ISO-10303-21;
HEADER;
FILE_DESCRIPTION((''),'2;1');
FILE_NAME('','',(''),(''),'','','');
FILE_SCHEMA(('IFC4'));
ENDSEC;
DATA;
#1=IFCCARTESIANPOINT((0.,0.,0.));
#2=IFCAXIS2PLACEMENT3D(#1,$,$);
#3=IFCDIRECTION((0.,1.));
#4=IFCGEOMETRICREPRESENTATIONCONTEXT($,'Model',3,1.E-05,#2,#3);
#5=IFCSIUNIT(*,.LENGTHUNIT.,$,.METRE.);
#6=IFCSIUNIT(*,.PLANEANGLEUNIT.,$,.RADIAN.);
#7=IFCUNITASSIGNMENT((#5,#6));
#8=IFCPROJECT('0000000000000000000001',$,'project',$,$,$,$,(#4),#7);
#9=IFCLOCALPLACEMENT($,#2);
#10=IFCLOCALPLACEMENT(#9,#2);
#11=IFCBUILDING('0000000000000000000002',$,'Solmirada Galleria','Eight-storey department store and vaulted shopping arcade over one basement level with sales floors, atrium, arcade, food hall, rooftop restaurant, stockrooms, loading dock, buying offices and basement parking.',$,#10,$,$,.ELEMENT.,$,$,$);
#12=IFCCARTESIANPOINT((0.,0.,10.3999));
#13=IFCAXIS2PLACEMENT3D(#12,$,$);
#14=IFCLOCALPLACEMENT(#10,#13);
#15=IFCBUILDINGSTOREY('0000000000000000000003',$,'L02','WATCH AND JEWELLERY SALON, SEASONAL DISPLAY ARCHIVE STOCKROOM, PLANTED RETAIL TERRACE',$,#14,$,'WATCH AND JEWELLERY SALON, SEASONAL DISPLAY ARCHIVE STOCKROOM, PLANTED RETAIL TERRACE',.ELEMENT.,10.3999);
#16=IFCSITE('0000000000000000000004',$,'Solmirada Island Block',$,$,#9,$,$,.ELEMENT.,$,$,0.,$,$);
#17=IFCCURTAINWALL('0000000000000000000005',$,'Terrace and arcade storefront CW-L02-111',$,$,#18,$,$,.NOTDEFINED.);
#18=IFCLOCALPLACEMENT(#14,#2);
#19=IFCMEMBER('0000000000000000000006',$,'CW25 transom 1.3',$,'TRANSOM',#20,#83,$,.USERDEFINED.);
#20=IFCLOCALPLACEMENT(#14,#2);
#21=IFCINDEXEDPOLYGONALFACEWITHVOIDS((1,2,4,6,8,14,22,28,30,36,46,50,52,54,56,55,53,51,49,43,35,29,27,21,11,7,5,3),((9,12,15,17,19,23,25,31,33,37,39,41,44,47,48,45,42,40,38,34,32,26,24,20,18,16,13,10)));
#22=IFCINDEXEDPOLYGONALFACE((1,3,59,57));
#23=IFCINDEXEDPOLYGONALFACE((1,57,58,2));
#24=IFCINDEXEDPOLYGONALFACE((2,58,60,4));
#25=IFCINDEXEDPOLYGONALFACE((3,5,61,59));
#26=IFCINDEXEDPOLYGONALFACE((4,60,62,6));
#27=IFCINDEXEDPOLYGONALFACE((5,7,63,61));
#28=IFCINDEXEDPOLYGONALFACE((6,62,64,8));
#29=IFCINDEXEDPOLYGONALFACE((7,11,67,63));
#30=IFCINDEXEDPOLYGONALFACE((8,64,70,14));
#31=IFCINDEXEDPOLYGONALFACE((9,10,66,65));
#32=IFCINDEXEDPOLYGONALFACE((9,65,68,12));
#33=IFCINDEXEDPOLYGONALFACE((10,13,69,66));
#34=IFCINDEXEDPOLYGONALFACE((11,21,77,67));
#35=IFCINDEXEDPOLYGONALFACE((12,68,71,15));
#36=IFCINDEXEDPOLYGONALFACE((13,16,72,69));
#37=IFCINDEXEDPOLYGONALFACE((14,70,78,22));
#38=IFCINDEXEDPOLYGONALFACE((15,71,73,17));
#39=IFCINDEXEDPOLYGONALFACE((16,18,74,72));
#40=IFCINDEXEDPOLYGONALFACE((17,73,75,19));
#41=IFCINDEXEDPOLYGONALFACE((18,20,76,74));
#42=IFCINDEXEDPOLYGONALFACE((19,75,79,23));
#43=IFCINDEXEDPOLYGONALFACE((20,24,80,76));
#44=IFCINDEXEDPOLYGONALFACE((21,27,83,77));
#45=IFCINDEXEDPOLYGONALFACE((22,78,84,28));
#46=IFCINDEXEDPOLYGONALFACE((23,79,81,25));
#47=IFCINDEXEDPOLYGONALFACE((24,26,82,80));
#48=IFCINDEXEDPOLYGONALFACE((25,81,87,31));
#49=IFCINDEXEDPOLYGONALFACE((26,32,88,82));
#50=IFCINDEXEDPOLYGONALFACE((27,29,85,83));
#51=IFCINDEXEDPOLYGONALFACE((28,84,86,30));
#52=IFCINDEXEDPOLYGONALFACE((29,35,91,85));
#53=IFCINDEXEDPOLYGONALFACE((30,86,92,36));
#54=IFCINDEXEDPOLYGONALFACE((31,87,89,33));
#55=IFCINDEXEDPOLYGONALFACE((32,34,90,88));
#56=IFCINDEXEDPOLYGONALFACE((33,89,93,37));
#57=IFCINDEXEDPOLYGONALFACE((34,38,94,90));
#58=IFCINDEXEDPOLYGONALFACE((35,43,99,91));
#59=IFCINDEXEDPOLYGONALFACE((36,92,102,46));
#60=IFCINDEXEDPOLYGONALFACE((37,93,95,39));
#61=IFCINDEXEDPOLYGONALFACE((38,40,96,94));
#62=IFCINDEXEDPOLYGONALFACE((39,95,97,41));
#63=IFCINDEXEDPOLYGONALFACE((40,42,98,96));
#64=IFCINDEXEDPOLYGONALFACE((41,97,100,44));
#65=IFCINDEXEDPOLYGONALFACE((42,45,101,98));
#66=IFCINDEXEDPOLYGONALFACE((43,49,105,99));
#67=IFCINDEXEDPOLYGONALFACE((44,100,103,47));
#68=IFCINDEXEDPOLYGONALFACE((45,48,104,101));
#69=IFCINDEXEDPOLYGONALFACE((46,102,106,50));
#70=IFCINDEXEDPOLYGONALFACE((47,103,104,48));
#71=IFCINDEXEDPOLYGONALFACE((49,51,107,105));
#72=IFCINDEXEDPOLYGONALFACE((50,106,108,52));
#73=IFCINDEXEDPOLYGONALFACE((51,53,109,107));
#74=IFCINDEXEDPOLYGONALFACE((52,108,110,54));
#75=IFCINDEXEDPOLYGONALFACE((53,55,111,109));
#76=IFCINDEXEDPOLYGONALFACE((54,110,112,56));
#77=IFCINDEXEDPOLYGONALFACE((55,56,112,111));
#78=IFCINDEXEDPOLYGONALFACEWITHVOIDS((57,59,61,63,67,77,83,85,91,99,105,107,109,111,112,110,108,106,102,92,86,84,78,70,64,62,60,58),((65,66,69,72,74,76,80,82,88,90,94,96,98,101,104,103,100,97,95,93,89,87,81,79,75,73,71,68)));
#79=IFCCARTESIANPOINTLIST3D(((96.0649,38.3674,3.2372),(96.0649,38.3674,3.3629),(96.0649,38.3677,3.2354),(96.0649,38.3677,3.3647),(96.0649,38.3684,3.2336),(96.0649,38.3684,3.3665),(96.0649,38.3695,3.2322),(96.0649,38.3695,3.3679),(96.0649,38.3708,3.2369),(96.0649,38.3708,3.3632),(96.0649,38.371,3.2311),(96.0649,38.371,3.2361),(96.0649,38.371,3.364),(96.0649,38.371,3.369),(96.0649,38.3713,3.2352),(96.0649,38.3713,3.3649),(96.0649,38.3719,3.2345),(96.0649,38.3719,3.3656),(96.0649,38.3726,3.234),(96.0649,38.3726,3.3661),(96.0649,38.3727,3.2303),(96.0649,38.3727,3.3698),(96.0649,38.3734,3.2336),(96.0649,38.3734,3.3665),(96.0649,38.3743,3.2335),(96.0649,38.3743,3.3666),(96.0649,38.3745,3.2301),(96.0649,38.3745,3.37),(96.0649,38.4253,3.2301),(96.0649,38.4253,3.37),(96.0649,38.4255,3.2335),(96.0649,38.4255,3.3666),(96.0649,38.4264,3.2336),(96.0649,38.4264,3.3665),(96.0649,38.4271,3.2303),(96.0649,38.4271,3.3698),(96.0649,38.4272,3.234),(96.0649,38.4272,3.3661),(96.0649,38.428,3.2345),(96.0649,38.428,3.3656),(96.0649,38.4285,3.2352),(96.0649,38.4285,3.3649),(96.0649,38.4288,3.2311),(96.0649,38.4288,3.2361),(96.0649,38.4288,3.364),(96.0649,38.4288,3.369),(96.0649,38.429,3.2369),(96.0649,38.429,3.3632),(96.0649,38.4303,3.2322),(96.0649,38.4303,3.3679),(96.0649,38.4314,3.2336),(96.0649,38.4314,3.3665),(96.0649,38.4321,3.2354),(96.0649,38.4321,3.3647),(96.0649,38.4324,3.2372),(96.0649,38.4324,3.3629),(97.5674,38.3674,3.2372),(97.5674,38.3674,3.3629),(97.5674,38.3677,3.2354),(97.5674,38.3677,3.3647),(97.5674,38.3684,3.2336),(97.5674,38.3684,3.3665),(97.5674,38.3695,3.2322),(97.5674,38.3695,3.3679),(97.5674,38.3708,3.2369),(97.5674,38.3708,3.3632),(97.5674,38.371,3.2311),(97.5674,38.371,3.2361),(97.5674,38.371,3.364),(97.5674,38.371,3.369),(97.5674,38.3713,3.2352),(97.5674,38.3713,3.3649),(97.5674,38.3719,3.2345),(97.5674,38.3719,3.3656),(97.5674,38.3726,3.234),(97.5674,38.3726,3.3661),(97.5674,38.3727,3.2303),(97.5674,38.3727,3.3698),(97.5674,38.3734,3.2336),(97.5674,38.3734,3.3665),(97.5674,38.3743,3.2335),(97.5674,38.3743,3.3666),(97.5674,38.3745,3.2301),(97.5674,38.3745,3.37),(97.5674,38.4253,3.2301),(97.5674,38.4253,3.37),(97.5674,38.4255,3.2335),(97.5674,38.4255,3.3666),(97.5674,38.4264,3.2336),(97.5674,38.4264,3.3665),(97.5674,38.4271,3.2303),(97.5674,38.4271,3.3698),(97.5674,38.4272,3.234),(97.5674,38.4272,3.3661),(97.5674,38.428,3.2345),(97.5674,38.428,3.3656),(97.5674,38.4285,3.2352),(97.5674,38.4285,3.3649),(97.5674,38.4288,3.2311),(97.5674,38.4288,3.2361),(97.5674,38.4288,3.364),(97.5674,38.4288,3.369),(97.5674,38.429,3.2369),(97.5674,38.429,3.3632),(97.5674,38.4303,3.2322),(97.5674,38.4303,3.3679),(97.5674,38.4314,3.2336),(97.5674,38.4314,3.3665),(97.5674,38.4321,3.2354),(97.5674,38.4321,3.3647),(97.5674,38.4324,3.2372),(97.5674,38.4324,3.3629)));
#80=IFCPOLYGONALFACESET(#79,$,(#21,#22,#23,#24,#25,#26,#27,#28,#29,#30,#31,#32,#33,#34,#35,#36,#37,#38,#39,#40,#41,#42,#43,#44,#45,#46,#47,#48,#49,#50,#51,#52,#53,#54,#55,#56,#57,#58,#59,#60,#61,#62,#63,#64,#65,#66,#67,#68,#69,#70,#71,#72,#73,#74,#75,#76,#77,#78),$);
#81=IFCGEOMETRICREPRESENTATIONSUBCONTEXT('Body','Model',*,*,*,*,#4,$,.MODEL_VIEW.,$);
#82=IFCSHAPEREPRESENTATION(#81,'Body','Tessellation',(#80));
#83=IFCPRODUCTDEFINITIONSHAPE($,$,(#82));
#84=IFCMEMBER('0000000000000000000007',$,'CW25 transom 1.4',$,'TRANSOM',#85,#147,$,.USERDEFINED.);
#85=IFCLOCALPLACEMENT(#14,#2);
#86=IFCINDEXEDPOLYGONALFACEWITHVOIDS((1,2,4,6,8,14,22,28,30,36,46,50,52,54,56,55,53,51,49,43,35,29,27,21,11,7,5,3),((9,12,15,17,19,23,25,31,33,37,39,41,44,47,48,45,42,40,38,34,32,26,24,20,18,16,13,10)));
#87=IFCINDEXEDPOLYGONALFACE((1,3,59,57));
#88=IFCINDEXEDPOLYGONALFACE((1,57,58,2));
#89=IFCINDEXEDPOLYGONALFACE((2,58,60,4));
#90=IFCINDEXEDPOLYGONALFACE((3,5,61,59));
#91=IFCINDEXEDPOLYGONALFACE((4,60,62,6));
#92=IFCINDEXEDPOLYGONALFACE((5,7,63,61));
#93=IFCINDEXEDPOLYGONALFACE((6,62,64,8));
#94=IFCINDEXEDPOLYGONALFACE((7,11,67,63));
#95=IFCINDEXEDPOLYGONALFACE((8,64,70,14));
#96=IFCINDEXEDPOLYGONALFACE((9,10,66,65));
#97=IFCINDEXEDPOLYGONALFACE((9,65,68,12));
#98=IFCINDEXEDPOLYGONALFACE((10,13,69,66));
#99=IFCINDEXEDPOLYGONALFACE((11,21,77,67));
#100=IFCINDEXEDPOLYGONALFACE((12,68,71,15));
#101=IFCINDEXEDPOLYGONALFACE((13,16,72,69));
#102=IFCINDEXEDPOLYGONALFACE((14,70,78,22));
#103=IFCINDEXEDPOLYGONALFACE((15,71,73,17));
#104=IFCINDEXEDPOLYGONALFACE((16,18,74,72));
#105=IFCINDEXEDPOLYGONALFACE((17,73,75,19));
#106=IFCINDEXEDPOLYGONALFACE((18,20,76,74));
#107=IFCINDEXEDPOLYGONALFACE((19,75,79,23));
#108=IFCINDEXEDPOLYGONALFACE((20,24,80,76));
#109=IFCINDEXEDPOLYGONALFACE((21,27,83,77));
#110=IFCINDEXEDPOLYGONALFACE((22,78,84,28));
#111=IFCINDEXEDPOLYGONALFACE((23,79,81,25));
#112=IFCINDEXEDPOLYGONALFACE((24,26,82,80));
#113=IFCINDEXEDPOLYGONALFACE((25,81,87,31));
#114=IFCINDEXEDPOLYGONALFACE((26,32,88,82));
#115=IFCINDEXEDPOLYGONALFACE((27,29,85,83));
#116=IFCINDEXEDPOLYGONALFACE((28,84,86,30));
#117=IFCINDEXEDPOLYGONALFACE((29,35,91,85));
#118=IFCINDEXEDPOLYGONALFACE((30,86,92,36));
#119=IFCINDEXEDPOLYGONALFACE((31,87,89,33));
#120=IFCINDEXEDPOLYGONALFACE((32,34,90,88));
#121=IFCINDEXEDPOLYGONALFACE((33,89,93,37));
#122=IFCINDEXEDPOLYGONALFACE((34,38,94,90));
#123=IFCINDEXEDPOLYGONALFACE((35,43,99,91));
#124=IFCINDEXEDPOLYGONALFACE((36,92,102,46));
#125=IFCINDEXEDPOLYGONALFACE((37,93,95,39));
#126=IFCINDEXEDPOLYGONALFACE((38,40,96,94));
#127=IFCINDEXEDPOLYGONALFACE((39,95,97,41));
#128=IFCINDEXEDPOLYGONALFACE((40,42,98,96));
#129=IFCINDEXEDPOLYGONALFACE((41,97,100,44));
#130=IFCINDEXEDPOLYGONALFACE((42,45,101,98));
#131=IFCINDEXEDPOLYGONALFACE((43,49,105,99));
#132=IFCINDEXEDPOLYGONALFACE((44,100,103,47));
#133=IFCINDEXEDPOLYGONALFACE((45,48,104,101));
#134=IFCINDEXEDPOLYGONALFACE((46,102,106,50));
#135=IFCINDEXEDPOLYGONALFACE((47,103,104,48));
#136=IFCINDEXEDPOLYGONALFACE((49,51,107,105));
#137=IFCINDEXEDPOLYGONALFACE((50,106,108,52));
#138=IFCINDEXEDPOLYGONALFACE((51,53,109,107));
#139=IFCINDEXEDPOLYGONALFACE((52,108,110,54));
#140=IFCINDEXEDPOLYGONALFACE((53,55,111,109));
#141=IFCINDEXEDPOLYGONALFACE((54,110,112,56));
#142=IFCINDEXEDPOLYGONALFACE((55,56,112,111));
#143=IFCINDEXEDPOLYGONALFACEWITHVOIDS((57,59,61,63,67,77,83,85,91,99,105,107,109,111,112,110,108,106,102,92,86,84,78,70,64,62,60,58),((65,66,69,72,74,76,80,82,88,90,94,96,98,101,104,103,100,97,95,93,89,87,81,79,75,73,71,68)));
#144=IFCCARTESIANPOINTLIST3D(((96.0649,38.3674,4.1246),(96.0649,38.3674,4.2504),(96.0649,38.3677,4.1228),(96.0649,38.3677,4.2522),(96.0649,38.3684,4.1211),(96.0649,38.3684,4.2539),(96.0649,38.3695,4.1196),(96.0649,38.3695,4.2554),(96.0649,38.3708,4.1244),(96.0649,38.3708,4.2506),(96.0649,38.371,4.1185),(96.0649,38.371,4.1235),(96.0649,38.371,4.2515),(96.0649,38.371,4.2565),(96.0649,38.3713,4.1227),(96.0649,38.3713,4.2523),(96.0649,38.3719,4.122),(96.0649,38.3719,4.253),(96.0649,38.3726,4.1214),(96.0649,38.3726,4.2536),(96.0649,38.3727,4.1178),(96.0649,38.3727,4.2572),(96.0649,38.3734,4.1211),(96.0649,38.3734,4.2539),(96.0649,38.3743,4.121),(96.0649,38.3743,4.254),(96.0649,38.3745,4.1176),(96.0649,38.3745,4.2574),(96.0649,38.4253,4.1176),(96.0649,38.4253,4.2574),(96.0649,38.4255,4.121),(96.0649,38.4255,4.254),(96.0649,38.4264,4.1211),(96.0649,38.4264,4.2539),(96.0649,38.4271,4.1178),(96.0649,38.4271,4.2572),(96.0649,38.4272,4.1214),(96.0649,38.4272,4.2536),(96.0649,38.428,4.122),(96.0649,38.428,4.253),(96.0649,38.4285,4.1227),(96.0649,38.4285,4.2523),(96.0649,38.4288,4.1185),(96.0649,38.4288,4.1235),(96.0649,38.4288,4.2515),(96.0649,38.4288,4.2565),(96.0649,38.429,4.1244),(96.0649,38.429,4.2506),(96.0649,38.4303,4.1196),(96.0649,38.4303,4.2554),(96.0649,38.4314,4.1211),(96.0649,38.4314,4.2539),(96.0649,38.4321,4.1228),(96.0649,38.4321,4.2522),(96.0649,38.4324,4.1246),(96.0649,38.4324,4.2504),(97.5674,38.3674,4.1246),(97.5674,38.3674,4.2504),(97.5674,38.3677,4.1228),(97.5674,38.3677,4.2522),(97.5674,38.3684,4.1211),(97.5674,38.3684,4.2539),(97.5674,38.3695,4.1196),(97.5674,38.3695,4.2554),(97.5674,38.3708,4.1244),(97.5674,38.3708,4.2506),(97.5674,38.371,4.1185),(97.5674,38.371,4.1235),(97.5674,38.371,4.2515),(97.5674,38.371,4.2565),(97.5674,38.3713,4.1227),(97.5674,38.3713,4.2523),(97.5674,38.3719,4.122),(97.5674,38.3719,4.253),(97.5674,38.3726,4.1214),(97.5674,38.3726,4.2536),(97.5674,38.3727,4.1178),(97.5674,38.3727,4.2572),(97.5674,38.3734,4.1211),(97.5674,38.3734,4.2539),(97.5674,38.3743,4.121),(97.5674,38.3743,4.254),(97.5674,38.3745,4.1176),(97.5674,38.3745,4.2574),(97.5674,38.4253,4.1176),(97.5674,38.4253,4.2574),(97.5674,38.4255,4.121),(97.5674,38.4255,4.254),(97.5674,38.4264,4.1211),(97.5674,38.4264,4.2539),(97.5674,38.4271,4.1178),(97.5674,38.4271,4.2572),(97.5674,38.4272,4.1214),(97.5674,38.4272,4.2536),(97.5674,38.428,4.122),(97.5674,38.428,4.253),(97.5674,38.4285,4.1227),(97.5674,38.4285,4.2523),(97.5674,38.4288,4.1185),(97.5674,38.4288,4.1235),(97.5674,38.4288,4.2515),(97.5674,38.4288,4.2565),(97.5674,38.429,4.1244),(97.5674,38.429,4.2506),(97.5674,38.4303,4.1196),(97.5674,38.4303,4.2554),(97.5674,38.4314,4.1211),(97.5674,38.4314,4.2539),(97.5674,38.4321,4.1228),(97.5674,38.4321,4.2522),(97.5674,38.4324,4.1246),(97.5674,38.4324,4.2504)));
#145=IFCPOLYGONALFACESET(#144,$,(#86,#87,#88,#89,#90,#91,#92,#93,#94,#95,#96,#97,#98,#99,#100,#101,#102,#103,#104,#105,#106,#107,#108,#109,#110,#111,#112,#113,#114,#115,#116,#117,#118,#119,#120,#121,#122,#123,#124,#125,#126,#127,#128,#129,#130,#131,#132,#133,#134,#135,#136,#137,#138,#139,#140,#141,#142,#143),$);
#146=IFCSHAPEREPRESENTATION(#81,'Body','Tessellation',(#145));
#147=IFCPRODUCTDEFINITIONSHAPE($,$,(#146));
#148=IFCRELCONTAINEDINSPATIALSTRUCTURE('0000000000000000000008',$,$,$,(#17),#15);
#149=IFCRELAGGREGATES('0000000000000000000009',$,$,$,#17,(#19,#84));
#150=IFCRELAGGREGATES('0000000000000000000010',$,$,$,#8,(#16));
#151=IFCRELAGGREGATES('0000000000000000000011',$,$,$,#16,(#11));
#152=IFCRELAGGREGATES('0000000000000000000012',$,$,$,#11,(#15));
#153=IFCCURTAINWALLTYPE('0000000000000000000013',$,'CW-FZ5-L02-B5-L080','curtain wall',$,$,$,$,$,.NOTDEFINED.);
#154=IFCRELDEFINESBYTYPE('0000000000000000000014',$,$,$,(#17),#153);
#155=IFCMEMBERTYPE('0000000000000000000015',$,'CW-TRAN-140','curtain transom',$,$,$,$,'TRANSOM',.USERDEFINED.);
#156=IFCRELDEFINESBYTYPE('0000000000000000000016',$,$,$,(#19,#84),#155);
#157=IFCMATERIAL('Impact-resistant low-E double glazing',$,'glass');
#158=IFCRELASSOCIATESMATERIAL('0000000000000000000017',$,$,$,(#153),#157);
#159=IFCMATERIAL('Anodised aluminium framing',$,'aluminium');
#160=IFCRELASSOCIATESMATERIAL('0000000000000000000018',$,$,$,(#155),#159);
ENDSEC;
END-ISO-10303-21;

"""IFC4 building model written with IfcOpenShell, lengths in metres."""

from ifc_helpers import new_model, si_unit, direction, frame, origin, origin_2d, place, context, subcontext, project, spatial, hollow_rectangle, extrude, material, material_profile, profile_set, type_object, element, aggregate, save


model = new_model("IFC4")

# Units and contexts
model_context = context("Model", 3, precision=1e-05, world=origin(), true_north=direction((0.0, 1.0)))
body_context = subcontext(model_context, "Body", "Model", "MODEL_VIEW")
ifc_project = project(units=[si_unit("LENGTHUNIT", "METRE"), si_unit("PLANEANGLEUNIT", "RADIAN")], contexts=[model_context])

# Site, building, storey
site_placement = place(None, origin())
site = spatial("IfcSite", under=ifc_project, at=site_placement, Name="Solmirada Island Block", CompositionType="ELEMENT", RefElevation=0.0)
building_placement = place(site_placement, origin())
building = spatial("IfcBuilding", under=site, at=building_placement, Name="Solmirada Galleria", Description="Eight-storey department store and vaulted shopping arcade over one basement level with sales floors, atrium, arcade, food hall, rooftop restaurant, stockrooms, loading dock, buying offices and basement parking.", CompositionType="ELEMENT")
storey_placement = place(building_placement, frame((0.0, 0.0, 10.3999)))
storey = spatial("IfcBuildingStorey", under=building, at=storey_placement, Name="L02", Description="WATCH AND JEWELLERY SALON, SEASONAL DISPLAY ARCHIVE STOCKROOM, PLANTED RETAIL TERRACE", LongName="WATCH AND JEWELLERY SALON, SEASONAL DISPLAY ARCHIVE STOCKROOM, PLANTED RETAIL TERRACE", CompositionType="ELEMENT", Elevation=10.3999)

# Curtain wall, members
ifc_material_1 = material(Name="Impact-resistant low-E double glazing", Category="glass")
curtain_wall_type = type_object("IfcCurtainWallType", Name="CW-FZ5-L02-B5-L080", Description="curtain wall", PredefinedType="NOTDEFINED", material=ifc_material_1)
curtain_wall_placement = place(storey_placement, origin())
curtain_wall = element("IfcCurtainWall", 1, at=curtain_wall_placement, inside=storey, type_object=curtain_wall_type, Name="Terrace and arcade storefront CW-L02-111", PredefinedType="NOTDEFINED")
ifc_material_2 = material(Name="Anodised aluminium framing", Category="aluminium")
ifc_material_profile_1 = material_profile(ifc_material_2, hollow_rectangle(XDim=0.0649, YDim=0.1399, WallThickness=0.0034, InnerFilletRadius=0.0034, OuterFilletRadius=0.0071, at=origin_2d()), Name="ALU-TRAN-140X65")
ifc_profile_set_1 = profile_set([ifc_material_profile_1], Name="Anodised aluminium framing")
member_type_1 = type_object("IfcMemberType", Name="CW-TRAN-140", Description="curtain transom", ElementType="TRANSOM", PredefinedType="USERDEFINED", material=ifc_profile_set_1)
member_1_placement = place(storey_placement, frame((96.0649, 38.3999, 3.3), z_axis=(1.0, 0.0, 0.0), x_axis=(0.0, 1.0, 0.0)))
member_1 = element("IfcMember", 2, at=member_1_placement, type_object=member_type_1, Name="CW25 transom 1.3", ObjectType="TRANSOM", PredefinedType="USERDEFINED", context=body_context, shape_type="SweptSolid", body=[
    extrude(hollow_rectangle(XDim=0.0649, YDim=0.1399, WallThickness=0.0034, InnerFilletRadius=0.0034, OuterFilletRadius=0.0071, at=origin_2d()), origin(), (0.0, 0.0, 1.0), 1.5024),
])
member_2_placement = place(storey_placement, frame((96.0649, 38.3999, 4.1875), z_axis=(1.0, 0.0, 0.0), x_axis=(0.0, 1.0, 0.0)))
member_2 = element("IfcMember", 3, at=member_2_placement, type_object=member_type_1, Name="CW25 transom 1.4", ObjectType="TRANSOM", PredefinedType="USERDEFINED", context=body_context, shape_type="SweptSolid", body=[
    extrude(hollow_rectangle(XDim=0.0649, YDim=0.1399, WallThickness=0.0034, InnerFilletRadius=0.0034, OuterFilletRadius=0.0071, at=origin_2d()), origin(), (0.0, 0.0, 1.0), 1.5024),
])
aggregate(curtain_wall, [member_1, member_2])

save(model, "model.ifc")
